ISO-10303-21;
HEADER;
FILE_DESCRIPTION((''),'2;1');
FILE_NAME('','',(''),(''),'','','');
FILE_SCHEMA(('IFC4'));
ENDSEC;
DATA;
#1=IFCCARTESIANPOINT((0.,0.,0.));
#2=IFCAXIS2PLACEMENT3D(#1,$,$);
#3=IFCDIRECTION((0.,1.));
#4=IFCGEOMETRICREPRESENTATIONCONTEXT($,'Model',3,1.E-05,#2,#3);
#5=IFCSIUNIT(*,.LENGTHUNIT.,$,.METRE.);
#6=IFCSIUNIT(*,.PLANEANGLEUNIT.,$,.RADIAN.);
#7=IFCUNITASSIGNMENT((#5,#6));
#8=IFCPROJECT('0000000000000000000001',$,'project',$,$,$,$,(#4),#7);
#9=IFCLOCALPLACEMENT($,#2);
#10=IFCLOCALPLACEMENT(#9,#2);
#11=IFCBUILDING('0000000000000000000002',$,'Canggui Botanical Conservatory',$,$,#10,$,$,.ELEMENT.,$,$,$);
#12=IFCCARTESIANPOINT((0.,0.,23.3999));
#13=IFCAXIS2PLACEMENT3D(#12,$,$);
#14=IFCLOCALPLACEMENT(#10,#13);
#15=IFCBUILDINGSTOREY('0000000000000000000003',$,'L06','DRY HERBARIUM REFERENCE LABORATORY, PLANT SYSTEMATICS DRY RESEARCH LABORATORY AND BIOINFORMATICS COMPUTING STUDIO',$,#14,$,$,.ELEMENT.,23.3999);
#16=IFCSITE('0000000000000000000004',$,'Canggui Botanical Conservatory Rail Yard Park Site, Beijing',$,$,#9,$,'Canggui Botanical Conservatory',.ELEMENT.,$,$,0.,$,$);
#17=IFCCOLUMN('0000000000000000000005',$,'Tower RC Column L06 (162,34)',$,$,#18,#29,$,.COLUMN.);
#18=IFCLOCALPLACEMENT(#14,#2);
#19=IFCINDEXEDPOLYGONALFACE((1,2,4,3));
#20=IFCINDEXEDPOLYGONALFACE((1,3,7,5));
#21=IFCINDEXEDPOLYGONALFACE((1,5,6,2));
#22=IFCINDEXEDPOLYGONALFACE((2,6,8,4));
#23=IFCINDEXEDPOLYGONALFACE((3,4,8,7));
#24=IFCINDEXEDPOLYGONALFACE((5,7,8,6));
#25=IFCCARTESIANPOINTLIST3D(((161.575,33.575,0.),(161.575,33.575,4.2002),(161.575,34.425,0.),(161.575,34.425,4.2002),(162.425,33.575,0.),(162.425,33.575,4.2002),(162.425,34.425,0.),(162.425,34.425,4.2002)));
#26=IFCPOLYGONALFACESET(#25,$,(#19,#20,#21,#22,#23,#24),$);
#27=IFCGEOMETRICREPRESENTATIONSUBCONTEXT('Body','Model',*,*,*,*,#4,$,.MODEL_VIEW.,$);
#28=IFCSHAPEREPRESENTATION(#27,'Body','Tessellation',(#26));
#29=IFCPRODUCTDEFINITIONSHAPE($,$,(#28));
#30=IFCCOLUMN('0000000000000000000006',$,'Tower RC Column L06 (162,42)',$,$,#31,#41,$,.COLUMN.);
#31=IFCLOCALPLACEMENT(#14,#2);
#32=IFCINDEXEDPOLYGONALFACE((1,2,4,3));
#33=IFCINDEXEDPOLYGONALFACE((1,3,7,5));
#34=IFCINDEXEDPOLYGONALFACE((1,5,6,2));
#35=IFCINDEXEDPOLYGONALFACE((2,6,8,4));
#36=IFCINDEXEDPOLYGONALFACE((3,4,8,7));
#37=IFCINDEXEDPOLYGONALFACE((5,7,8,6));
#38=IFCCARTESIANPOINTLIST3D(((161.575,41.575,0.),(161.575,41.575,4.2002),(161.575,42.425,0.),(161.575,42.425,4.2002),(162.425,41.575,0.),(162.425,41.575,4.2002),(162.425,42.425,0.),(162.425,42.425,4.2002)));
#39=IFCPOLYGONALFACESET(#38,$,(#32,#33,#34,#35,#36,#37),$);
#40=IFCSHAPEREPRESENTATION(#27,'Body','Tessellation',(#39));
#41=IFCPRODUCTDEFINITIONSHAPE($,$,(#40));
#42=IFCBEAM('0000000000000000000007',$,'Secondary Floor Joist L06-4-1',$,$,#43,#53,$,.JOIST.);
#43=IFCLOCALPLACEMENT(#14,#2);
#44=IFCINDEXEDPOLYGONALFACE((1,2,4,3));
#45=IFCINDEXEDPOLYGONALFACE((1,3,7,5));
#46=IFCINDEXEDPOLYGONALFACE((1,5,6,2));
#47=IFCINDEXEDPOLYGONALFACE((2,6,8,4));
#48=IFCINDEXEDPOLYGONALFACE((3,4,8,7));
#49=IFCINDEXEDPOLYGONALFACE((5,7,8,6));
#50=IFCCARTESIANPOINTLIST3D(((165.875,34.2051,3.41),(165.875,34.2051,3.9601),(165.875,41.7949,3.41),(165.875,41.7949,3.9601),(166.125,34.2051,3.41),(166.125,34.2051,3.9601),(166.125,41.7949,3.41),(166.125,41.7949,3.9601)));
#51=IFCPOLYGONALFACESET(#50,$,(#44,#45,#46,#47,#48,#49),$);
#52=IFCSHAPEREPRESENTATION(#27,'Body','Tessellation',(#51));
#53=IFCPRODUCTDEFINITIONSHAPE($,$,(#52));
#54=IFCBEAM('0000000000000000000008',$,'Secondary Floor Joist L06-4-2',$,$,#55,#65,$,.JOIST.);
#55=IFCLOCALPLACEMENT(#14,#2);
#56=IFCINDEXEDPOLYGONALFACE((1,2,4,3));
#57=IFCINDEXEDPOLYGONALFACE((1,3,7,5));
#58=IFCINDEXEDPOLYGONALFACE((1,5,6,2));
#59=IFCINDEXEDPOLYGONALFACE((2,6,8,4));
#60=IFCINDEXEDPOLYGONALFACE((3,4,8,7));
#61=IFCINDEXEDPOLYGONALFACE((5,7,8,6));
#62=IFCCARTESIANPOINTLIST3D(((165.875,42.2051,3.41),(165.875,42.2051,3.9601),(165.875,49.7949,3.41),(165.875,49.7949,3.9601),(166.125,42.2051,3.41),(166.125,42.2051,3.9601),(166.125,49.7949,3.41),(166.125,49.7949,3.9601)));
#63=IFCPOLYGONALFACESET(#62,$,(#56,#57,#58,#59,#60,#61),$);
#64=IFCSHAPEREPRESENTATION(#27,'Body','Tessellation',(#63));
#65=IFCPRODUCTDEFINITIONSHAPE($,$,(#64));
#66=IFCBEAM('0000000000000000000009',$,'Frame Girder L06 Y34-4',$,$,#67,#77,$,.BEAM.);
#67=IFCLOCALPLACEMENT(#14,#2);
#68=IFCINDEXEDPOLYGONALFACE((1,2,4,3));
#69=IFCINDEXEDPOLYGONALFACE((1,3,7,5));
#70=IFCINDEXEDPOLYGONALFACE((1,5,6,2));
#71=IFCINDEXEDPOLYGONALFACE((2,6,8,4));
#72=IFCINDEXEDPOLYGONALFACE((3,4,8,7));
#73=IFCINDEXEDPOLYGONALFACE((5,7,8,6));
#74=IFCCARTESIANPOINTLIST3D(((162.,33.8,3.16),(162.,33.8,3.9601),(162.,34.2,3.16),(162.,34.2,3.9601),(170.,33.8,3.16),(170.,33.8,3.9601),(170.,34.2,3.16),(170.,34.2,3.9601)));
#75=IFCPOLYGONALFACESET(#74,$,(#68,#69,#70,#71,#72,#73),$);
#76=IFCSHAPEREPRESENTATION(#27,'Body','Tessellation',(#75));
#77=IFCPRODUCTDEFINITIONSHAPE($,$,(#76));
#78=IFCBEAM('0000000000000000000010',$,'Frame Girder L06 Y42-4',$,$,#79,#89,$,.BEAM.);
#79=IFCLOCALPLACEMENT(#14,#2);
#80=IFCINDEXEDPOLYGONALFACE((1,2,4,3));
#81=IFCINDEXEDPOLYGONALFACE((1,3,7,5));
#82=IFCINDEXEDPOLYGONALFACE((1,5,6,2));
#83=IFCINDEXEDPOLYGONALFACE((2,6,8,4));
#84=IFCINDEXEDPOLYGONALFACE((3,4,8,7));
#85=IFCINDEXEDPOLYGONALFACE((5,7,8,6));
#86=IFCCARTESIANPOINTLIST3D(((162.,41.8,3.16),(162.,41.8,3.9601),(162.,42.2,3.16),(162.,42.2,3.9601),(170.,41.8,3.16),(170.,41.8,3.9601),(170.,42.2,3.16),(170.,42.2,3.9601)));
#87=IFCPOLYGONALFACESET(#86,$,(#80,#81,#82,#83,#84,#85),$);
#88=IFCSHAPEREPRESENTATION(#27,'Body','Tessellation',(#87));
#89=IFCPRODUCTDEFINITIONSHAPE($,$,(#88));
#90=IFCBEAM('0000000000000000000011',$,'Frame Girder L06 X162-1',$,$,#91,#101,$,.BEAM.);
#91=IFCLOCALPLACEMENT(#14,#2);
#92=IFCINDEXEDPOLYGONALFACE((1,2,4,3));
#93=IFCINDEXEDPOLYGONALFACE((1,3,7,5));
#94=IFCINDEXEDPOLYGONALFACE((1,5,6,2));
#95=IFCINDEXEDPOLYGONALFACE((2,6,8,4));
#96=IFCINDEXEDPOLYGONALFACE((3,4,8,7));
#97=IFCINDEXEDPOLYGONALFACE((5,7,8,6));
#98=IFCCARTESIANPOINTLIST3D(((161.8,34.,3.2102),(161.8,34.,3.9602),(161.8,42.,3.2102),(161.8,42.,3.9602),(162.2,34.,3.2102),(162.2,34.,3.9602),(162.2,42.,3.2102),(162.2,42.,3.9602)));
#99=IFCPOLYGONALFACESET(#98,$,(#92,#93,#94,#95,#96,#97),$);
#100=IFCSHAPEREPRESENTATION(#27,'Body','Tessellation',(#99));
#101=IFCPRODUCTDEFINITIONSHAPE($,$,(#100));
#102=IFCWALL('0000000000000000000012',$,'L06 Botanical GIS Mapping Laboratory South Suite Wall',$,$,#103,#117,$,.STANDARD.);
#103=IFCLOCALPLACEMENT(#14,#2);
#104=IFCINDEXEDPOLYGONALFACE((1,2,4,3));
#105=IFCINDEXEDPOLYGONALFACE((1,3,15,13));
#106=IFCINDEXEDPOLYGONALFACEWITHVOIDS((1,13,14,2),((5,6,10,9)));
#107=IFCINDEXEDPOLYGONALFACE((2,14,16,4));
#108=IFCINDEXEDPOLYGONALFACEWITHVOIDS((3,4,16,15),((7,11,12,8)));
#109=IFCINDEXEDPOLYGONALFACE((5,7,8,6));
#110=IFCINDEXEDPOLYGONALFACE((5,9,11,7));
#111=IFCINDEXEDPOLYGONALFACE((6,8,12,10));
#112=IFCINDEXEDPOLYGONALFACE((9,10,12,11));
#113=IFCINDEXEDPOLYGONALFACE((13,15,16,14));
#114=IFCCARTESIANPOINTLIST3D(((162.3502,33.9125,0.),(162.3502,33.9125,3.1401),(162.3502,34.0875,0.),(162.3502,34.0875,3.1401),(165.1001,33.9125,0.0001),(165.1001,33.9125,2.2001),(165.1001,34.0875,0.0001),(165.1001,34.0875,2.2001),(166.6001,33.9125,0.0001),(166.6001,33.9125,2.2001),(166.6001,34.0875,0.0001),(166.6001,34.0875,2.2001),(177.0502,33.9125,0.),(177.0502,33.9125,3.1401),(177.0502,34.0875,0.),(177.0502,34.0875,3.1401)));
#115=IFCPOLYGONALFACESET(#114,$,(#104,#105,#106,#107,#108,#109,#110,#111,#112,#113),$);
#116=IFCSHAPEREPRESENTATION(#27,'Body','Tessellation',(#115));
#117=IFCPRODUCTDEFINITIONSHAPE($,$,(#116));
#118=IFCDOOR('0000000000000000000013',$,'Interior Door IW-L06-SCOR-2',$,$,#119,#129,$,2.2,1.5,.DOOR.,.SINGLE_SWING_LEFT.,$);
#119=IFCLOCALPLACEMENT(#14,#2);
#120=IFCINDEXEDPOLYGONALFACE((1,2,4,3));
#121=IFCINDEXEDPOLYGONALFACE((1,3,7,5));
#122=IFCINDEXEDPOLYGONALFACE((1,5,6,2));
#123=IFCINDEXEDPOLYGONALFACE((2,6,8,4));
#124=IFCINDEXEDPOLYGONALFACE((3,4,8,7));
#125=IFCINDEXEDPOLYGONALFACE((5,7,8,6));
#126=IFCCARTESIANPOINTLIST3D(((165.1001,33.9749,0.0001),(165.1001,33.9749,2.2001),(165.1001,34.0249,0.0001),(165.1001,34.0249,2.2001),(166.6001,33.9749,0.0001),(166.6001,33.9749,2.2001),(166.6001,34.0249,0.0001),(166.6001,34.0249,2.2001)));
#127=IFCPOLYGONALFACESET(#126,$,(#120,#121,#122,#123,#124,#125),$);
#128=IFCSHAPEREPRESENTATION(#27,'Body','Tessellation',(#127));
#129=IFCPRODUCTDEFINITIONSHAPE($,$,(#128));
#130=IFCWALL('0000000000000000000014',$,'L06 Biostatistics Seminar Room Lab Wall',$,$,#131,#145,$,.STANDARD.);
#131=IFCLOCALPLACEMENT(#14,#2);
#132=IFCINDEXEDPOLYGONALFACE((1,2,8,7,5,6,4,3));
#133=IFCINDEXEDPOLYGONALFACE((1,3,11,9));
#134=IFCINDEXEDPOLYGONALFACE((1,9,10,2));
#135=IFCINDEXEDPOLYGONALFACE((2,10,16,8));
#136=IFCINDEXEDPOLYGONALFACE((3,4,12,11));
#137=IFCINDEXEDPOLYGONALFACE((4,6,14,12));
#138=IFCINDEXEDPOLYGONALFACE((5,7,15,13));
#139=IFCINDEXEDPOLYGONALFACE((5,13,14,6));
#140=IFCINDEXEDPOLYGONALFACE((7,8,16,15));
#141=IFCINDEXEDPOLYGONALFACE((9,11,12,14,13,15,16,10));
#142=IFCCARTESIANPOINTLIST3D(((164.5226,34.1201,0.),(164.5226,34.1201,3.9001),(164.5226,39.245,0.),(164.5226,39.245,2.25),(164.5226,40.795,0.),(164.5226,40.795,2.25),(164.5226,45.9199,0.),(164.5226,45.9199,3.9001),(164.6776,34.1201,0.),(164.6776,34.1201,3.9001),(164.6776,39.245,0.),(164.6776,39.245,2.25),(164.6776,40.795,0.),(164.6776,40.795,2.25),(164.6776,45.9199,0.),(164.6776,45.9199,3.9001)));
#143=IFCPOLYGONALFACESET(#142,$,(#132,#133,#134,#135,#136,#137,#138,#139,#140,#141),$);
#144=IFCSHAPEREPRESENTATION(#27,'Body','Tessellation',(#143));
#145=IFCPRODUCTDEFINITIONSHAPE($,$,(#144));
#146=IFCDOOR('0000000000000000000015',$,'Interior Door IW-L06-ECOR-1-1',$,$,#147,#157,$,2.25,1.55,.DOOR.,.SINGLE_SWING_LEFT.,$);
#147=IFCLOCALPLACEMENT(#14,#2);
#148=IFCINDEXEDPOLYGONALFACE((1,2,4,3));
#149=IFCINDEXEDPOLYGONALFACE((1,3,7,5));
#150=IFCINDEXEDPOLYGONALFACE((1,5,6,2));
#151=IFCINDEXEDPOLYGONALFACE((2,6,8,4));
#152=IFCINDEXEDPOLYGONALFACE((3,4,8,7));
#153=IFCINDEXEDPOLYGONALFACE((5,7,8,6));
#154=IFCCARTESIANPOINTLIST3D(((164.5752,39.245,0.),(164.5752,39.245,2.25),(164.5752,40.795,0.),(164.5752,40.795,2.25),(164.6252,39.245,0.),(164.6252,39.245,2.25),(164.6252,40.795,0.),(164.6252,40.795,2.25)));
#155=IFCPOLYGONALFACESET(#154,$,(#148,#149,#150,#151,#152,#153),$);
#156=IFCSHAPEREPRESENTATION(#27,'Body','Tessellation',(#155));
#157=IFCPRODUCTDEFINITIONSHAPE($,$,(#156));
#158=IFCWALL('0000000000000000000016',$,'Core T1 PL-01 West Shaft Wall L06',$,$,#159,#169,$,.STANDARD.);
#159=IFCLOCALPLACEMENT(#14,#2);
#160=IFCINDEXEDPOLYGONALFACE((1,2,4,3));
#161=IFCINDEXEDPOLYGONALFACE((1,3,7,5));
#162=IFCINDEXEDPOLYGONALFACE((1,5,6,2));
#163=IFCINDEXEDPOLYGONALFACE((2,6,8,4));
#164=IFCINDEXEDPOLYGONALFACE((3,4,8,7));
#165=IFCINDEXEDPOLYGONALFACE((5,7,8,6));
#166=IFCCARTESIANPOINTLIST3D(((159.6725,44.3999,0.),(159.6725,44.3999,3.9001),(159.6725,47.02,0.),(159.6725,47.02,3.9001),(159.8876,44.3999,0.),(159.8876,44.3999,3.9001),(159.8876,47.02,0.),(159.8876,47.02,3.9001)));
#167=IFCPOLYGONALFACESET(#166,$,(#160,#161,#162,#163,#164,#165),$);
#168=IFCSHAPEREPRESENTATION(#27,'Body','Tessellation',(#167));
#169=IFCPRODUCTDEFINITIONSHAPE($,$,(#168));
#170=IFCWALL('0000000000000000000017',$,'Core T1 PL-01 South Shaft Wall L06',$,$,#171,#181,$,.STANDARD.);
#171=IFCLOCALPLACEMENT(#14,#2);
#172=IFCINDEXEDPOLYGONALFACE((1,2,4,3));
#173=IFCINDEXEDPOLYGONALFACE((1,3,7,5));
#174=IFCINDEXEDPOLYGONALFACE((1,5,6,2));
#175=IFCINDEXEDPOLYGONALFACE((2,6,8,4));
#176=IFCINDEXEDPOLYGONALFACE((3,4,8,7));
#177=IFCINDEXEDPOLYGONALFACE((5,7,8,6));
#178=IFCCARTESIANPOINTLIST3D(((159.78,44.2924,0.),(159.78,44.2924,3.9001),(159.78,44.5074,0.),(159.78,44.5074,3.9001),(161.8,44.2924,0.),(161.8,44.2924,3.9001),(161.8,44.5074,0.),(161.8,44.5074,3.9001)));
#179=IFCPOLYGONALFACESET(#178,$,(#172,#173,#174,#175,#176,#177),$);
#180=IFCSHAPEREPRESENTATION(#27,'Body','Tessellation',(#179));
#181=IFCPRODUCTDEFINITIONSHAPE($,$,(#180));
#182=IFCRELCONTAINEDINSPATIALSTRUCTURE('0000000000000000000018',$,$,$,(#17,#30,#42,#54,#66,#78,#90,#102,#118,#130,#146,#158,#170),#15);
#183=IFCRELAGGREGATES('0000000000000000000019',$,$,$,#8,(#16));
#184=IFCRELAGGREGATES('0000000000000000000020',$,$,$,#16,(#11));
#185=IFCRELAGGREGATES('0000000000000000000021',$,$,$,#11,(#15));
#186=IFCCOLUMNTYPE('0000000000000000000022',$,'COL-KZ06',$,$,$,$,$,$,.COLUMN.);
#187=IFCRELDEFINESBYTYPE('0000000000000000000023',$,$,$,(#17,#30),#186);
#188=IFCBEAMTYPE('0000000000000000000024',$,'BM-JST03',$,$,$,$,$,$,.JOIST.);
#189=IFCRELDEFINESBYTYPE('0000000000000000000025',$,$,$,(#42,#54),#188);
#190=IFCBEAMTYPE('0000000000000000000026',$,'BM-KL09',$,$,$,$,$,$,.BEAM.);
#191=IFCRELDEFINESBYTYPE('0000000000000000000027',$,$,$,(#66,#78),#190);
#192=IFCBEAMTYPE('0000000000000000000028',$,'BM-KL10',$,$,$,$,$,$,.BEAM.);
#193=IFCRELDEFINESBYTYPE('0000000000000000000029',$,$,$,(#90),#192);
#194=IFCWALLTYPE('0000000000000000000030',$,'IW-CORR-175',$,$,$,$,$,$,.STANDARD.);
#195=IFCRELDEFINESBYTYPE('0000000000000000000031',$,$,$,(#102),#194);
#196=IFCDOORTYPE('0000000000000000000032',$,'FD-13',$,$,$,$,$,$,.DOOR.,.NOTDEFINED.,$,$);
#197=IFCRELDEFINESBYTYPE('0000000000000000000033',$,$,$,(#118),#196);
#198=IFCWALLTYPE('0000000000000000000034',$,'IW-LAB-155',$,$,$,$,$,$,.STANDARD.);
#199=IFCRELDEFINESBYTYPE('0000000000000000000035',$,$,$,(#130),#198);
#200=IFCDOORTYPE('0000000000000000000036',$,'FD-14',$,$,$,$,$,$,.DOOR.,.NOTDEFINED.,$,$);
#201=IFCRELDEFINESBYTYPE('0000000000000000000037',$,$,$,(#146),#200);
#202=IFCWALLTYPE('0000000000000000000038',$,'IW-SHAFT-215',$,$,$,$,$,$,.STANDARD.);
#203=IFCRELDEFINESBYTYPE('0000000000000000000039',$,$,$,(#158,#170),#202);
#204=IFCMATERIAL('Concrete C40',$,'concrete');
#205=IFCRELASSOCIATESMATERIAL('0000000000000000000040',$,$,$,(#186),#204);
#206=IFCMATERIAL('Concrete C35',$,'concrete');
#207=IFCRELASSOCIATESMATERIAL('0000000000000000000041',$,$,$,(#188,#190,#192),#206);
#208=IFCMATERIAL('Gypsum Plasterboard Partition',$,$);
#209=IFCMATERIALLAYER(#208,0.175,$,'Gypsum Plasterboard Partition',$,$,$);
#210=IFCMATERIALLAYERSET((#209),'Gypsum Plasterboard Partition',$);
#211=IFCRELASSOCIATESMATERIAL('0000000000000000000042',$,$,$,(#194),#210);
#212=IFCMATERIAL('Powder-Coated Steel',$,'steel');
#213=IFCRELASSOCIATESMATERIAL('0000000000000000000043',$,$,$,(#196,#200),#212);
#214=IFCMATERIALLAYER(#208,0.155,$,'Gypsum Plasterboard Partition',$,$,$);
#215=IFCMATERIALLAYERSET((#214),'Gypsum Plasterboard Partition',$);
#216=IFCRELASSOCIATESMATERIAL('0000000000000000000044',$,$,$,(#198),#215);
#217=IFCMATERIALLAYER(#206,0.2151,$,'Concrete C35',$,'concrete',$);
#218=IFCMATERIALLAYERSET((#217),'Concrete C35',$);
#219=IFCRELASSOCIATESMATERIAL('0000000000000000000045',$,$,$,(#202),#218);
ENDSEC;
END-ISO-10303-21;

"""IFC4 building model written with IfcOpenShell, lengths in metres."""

from ifc_helpers import new_model, si_unit, direction, frame, frame_2d, origin, origin_2d, place, context, subcontext, project, spatial, rectangle, extrude, material, layer, layer_set, material_profile, profile_set, type_object, element, fill, save


model = new_model("IFC4")

# Units and contexts
model_context = context("Model", 3, precision=1e-05, world=origin(), true_north=direction((0.0, 1.0)))
body_context = subcontext(model_context, "Body", "Model", "MODEL_VIEW")
ifc_project = project(units=[si_unit("LENGTHUNIT", "METRE"), si_unit("PLANEANGLEUNIT", "RADIAN")], contexts=[model_context])

# Site, building, storey
site_placement = place(None, origin())
site = spatial("IfcSite", under=ifc_project, at=site_placement, Name="Canggui Botanical Conservatory Rail Yard Park Site, Beijing", LongName="Canggui Botanical Conservatory", CompositionType="ELEMENT", RefElevation=0.0)
building_placement = place(site_placement, origin())
building = spatial("IfcBuilding", under=site, at=building_placement, Name="Canggui Botanical Conservatory", CompositionType="ELEMENT")
storey_placement = place(building_placement, frame((0.0, 0.0, 23.3999)))
storey = spatial("IfcBuildingStorey", under=building, at=storey_placement, Name="L06", Description="DRY HERBARIUM REFERENCE LABORATORY, PLANT SYSTEMATICS DRY RESEARCH LABORATORY AND BIOINFORMATICS COMPUTING STUDIO", CompositionType="ELEMENT", Elevation=23.3999)

# Columns
ifc_material_1 = material(Name="Concrete C40", Category="concrete")
ifc_material_profile_1 = material_profile(ifc_material_1, rectangle(XDim=0.8501, YDim=0.8501, at=origin_2d()), Name="RC 850x850")
ifc_profile_set_1 = profile_set([ifc_material_profile_1], Name="Concrete C40")
column_type = type_object("IfcColumnType", Name="COL-KZ06", PredefinedType="COLUMN", material=ifc_profile_set_1)
for number, where, z_axis, x_axis, name in (
    (1, (162.0, 34.0, 0.0), (0.0, 0.0, 1.0), (1.0, 0.0, 0.0), "Tower RC Column L06 (162,34)"),
    (2, (162.0, 42.0, 0.0), (0.0, 0.0, 1.0), (1.0, 0.0, 0.0), "Tower RC Column L06 (162,42)"),
):
    element("IfcColumn", number, at=place(storey_placement, frame(where, z_axis=z_axis, x_axis=x_axis)), inside=storey, type_object=column_type, Name=name, PredefinedType="COLUMN", context=body_context, shape_type="SweptSolid", body=[
        extrude(rectangle(XDim=0.8501, YDim=0.8501, at=origin_2d()), origin(), (0.0, 0.0, 1.0), 4.2002),
    ])

# Beams
ifc_material_2 = material(Name="Concrete C35", Category="concrete")
ifc_material_profile_2 = material_profile(ifc_material_2, rectangle(XDim=0.25, YDim=0.55, at=origin_2d()), Name="RB 250x550")
ifc_profile_set_2 = profile_set([ifc_material_profile_2], Name="Concrete C35")
beam_type_1 = type_object("IfcBeamType", Name="BM-JST03", PredefinedType="JOIST", material=ifc_profile_set_2)
for number, where, z_axis, x_axis, name in (
    (3, (166.0, 34.2051, 3.6851), (0.0, 1.0, 0.0), (-1.0, 0.0, 0.0), "Secondary Floor Joist L06-4-1"),
    (4, (166.0, 42.2051, 3.6851), (0.0, 1.0, 0.0), (-1.0, 0.0, 0.0), "Secondary Floor Joist L06-4-2"),
):
    element("IfcBeam", number, at=place(storey_placement, frame(where, z_axis=z_axis, x_axis=x_axis)), inside=storey, type_object=beam_type_1, Name=name, PredefinedType="JOIST", context=body_context, shape_type="SweptSolid", body=[
        extrude(rectangle(XDim=0.25, YDim=0.55, at=origin_2d()), origin(), (0.0, 0.0, 1.0), 7.5898),
    ])
ifc_material_profile_3 = material_profile(ifc_material_2, rectangle(XDim=0.3999, YDim=0.8, at=origin_2d()), Name="RB 400x800")
ifc_profile_set_3 = profile_set([ifc_material_profile_3], Name="Concrete C35")
beam_type_2 = type_object("IfcBeamType", Name="BM-KL09", PredefinedType="BEAM", material=ifc_profile_set_3)
for number, where, z_axis, x_axis, name in (
    (5, (162.0, 34.0, 3.5601), (1.0, 0.0, 0.0), (0.0, 1.0, 0.0), "Frame Girder L06 Y34-4"),
    (6, (162.0, 42.0, 3.5601), (1.0, 0.0, 0.0), (0.0, 1.0, 0.0), "Frame Girder L06 Y42-4"),
):
    element("IfcBeam", number, at=place(storey_placement, frame(where, z_axis=z_axis, x_axis=x_axis)), inside=storey, type_object=beam_type_2, Name=name, PredefinedType="BEAM", context=body_context, shape_type="SweptSolid", body=[
        extrude(rectangle(XDim=0.3999, YDim=0.8, at=origin_2d()), origin(), (0.0, 0.0, 1.0), 8.0),
    ])
ifc_material_profile_4 = material_profile(ifc_material_2, rectangle(XDim=0.3999, YDim=0.75, at=origin_2d()), Name="RB 400x750")
ifc_profile_set_4 = profile_set([ifc_material_profile_4], Name="Concrete C35")
beam_type_3 = type_object("IfcBeamType", Name="BM-KL10", PredefinedType="BEAM", material=ifc_profile_set_4)
beam_placement = place(storey_placement, frame((162.0, 34.0, 3.5852), z_axis=(0.0, 1.0, 0.0), x_axis=(-1.0, 0.0, 0.0)))
element("IfcBeam", 7, at=beam_placement, inside=storey, type_object=beam_type_3, Name="Frame Girder L06 X162-1", PredefinedType="BEAM", context=body_context, shape_type="SweptSolid", body=[
    extrude(rectangle(XDim=0.3999, YDim=0.75, at=origin_2d()), origin(), (0.0, 0.0, 1.0), 8.0),
])

# Walls, openings, doors
ifc_material_3 = material(Name="Gypsum Plasterboard Partition")
ifc_layer_1 = layer(ifc_material_3, 0.175, Name="Gypsum Plasterboard Partition")
ifc_layer_set_1 = layer_set([ifc_layer_1], Name="Gypsum Plasterboard Partition")
wall_type_1 = type_object("IfcWallType", Name="IW-CORR-175", PredefinedType="STANDARD", material=ifc_layer_set_1)
wall_1_placement = place(storey_placement, frame((162.3501, 34.0, 0.0), z_axis=(0.0, 0.0, 1.0), x_axis=(1.0, 0.0, 0.0)))
wall_1 = element("IfcWall", 8, at=wall_1_placement, inside=storey, type_object=wall_type_1, Name="L06 Botanical GIS Mapping Laboratory South Suite Wall", PredefinedType="STANDARD", context=body_context, shape_type="SweptSolid", body=[
    extrude(rectangle(XDim=14.7, YDim=0.175, at=frame_2d((7.3501, 0.0))), origin(), (0.0, 0.0, 1.0), 3.1401),
])
opening_1_placement = place(wall_1_placement, frame((2.75, 0.0, 0.0)))
opening_1 = element("IfcOpeningElement", 9, at=opening_1_placement, cuts=wall_1, PredefinedType="OPENING", context=body_context, shape_type="SweptSolid", body=[
    extrude(rectangle(XDim=1.5, YDim=2.2, at=frame_2d((0.75, 1.1001))), frame((0.0, 0.0977, 0.0), z_axis=(0.0, -1.0, 0.0), x_axis=(1.0, 0.0, 0.0)), (0.0, 0.0, 1.0), 0.1951),
])
ifc_material_4 = material(Name="Powder-Coated Steel", Category="steel")
door_type_1 = type_object("IfcDoorType", Name="FD-13", OperationType="NOTDEFINED", PredefinedType="DOOR", material=ifc_material_4)
door_1_placement = place(opening_1_placement, origin())
door_1 = element("IfcDoor", 10, at=door_1_placement, inside=storey, type_object=door_type_1, Name="Interior Door IW-L06-SCOR-2", OperationType="SINGLE_SWING_LEFT", OverallHeight=2.2, OverallWidth=1.5, PredefinedType="DOOR", context=body_context, shape_type="SweptSolid", body=[
    extrude(rectangle(XDim=1.5, YDim=2.2, at=frame_2d((0.75, 1.1001))), frame((0.0, 0.0249, 0.0), z_axis=(0.0, -1.0, 0.0), x_axis=(1.0, 0.0, 0.0)), (0.0, 0.0, 1.0), 0.05),
])
fill(opening_1, door_1)
ifc_layer_2 = layer(ifc_material_3, 0.155, Name="Gypsum Plasterboard Partition")
ifc_layer_set_2 = layer_set([ifc_layer_2], Name="Gypsum Plasterboard Partition")
wall_type_2 = type_object("IfcWallType", Name="IW-LAB-155", PredefinedType="STANDARD", material=ifc_layer_set_2)
wall_2_placement = place(storey_placement, frame((164.6001, 34.1201, 0.0), z_axis=(0.0, 0.0, 1.0), x_axis=(0.0, 1.0, 0.0)))
wall_2 = element("IfcWall", 11, at=wall_2_placement, inside=storey, type_object=wall_type_2, Name="L06 Biostatistics Seminar Room Lab Wall", PredefinedType="STANDARD", context=body_context, shape_type="SweptSolid", body=[
    extrude(rectangle(XDim=11.7998, YDim=0.155, at=frame_2d((5.8999, 0.0))), origin(), (0.0, 0.0, 1.0), 3.9001),
])
opening_2_placement = place(wall_2_placement, frame((5.125, 0.0, 0.0)))
opening_2 = element("IfcOpeningElement", 12, at=opening_2_placement, cuts=wall_2, PredefinedType="OPENING", context=body_context, shape_type="SweptSolid", body=[
    extrude(rectangle(XDim=1.55, YDim=2.25, at=frame_2d((0.7749, 1.125))), frame((0.0, 0.0874, 0.0), z_axis=(0.0, -1.0, 0.0), x_axis=(1.0, 0.0, 0.0)), (0.0, 0.0, 1.0), 0.175),
])
door_type_2 = type_object("IfcDoorType", Name="FD-14", OperationType="NOTDEFINED", PredefinedType="DOOR", material=ifc_material_4)
door_2_placement = place(opening_2_placement, origin())
door_2 = element("IfcDoor", 13, at=door_2_placement, inside=storey, type_object=door_type_2, Name="Interior Door IW-L06-ECOR-1-1", OperationType="SINGLE_SWING_LEFT", OverallHeight=2.25, OverallWidth=1.55, PredefinedType="DOOR", context=body_context, shape_type="SweptSolid", body=[
    extrude(rectangle(XDim=1.55, YDim=2.25, at=frame_2d((0.7749, 1.125))), frame((0.0, 0.0249, 0.0), z_axis=(0.0, -1.0, 0.0), x_axis=(1.0, 0.0, 0.0)), (0.0, 0.0, 1.0), 0.05),
])
fill(opening_2, door_2)

# Walls
ifc_layer_3 = layer(ifc_material_2, 0.2151, Name="Concrete C35", Category="concrete")
ifc_layer_set_3 = layer_set([ifc_layer_3], Name="Concrete C35")
wall_type_3 = type_object("IfcWallType", Name="IW-SHAFT-215", PredefinedType="STANDARD", material=ifc_layer_set_3)
wall_3_placement = place(storey_placement, frame((159.78, 44.3999, 0.0), z_axis=(0.0, 0.0, 1.0), x_axis=(0.0, 1.0, 0.0)))
element("IfcWall", 14, at=wall_3_placement, inside=storey, type_object=wall_type_3, Name="Core T1 PL-01 West Shaft Wall L06", PredefinedType="STANDARD", context=body_context, shape_type="SweptSolid", body=[
    extrude(rectangle(XDim=2.6201, YDim=0.2151, at=frame_2d((1.3101, 0.0))), origin(), (0.0, 0.0, 1.0), 3.9001),
])
wall_4_placement = place(storey_placement, frame((159.78, 44.3999, 0.0), z_axis=(0.0, 0.0, 1.0), x_axis=(1.0, 0.0, 0.0)))
element("IfcWall", 15, at=wall_4_placement, inside=storey, type_object=wall_type_3, Name="Core T1 PL-01 South Shaft Wall L06", PredefinedType="STANDARD", context=body_context, shape_type="SweptSolid", body=[
    extrude(rectangle(XDim=2.02, YDim=0.2151, at=frame_2d((1.01, 0.0))), origin(), (0.0, 0.0, 1.0), 3.9001),
])

save(model, "model.ifc")
